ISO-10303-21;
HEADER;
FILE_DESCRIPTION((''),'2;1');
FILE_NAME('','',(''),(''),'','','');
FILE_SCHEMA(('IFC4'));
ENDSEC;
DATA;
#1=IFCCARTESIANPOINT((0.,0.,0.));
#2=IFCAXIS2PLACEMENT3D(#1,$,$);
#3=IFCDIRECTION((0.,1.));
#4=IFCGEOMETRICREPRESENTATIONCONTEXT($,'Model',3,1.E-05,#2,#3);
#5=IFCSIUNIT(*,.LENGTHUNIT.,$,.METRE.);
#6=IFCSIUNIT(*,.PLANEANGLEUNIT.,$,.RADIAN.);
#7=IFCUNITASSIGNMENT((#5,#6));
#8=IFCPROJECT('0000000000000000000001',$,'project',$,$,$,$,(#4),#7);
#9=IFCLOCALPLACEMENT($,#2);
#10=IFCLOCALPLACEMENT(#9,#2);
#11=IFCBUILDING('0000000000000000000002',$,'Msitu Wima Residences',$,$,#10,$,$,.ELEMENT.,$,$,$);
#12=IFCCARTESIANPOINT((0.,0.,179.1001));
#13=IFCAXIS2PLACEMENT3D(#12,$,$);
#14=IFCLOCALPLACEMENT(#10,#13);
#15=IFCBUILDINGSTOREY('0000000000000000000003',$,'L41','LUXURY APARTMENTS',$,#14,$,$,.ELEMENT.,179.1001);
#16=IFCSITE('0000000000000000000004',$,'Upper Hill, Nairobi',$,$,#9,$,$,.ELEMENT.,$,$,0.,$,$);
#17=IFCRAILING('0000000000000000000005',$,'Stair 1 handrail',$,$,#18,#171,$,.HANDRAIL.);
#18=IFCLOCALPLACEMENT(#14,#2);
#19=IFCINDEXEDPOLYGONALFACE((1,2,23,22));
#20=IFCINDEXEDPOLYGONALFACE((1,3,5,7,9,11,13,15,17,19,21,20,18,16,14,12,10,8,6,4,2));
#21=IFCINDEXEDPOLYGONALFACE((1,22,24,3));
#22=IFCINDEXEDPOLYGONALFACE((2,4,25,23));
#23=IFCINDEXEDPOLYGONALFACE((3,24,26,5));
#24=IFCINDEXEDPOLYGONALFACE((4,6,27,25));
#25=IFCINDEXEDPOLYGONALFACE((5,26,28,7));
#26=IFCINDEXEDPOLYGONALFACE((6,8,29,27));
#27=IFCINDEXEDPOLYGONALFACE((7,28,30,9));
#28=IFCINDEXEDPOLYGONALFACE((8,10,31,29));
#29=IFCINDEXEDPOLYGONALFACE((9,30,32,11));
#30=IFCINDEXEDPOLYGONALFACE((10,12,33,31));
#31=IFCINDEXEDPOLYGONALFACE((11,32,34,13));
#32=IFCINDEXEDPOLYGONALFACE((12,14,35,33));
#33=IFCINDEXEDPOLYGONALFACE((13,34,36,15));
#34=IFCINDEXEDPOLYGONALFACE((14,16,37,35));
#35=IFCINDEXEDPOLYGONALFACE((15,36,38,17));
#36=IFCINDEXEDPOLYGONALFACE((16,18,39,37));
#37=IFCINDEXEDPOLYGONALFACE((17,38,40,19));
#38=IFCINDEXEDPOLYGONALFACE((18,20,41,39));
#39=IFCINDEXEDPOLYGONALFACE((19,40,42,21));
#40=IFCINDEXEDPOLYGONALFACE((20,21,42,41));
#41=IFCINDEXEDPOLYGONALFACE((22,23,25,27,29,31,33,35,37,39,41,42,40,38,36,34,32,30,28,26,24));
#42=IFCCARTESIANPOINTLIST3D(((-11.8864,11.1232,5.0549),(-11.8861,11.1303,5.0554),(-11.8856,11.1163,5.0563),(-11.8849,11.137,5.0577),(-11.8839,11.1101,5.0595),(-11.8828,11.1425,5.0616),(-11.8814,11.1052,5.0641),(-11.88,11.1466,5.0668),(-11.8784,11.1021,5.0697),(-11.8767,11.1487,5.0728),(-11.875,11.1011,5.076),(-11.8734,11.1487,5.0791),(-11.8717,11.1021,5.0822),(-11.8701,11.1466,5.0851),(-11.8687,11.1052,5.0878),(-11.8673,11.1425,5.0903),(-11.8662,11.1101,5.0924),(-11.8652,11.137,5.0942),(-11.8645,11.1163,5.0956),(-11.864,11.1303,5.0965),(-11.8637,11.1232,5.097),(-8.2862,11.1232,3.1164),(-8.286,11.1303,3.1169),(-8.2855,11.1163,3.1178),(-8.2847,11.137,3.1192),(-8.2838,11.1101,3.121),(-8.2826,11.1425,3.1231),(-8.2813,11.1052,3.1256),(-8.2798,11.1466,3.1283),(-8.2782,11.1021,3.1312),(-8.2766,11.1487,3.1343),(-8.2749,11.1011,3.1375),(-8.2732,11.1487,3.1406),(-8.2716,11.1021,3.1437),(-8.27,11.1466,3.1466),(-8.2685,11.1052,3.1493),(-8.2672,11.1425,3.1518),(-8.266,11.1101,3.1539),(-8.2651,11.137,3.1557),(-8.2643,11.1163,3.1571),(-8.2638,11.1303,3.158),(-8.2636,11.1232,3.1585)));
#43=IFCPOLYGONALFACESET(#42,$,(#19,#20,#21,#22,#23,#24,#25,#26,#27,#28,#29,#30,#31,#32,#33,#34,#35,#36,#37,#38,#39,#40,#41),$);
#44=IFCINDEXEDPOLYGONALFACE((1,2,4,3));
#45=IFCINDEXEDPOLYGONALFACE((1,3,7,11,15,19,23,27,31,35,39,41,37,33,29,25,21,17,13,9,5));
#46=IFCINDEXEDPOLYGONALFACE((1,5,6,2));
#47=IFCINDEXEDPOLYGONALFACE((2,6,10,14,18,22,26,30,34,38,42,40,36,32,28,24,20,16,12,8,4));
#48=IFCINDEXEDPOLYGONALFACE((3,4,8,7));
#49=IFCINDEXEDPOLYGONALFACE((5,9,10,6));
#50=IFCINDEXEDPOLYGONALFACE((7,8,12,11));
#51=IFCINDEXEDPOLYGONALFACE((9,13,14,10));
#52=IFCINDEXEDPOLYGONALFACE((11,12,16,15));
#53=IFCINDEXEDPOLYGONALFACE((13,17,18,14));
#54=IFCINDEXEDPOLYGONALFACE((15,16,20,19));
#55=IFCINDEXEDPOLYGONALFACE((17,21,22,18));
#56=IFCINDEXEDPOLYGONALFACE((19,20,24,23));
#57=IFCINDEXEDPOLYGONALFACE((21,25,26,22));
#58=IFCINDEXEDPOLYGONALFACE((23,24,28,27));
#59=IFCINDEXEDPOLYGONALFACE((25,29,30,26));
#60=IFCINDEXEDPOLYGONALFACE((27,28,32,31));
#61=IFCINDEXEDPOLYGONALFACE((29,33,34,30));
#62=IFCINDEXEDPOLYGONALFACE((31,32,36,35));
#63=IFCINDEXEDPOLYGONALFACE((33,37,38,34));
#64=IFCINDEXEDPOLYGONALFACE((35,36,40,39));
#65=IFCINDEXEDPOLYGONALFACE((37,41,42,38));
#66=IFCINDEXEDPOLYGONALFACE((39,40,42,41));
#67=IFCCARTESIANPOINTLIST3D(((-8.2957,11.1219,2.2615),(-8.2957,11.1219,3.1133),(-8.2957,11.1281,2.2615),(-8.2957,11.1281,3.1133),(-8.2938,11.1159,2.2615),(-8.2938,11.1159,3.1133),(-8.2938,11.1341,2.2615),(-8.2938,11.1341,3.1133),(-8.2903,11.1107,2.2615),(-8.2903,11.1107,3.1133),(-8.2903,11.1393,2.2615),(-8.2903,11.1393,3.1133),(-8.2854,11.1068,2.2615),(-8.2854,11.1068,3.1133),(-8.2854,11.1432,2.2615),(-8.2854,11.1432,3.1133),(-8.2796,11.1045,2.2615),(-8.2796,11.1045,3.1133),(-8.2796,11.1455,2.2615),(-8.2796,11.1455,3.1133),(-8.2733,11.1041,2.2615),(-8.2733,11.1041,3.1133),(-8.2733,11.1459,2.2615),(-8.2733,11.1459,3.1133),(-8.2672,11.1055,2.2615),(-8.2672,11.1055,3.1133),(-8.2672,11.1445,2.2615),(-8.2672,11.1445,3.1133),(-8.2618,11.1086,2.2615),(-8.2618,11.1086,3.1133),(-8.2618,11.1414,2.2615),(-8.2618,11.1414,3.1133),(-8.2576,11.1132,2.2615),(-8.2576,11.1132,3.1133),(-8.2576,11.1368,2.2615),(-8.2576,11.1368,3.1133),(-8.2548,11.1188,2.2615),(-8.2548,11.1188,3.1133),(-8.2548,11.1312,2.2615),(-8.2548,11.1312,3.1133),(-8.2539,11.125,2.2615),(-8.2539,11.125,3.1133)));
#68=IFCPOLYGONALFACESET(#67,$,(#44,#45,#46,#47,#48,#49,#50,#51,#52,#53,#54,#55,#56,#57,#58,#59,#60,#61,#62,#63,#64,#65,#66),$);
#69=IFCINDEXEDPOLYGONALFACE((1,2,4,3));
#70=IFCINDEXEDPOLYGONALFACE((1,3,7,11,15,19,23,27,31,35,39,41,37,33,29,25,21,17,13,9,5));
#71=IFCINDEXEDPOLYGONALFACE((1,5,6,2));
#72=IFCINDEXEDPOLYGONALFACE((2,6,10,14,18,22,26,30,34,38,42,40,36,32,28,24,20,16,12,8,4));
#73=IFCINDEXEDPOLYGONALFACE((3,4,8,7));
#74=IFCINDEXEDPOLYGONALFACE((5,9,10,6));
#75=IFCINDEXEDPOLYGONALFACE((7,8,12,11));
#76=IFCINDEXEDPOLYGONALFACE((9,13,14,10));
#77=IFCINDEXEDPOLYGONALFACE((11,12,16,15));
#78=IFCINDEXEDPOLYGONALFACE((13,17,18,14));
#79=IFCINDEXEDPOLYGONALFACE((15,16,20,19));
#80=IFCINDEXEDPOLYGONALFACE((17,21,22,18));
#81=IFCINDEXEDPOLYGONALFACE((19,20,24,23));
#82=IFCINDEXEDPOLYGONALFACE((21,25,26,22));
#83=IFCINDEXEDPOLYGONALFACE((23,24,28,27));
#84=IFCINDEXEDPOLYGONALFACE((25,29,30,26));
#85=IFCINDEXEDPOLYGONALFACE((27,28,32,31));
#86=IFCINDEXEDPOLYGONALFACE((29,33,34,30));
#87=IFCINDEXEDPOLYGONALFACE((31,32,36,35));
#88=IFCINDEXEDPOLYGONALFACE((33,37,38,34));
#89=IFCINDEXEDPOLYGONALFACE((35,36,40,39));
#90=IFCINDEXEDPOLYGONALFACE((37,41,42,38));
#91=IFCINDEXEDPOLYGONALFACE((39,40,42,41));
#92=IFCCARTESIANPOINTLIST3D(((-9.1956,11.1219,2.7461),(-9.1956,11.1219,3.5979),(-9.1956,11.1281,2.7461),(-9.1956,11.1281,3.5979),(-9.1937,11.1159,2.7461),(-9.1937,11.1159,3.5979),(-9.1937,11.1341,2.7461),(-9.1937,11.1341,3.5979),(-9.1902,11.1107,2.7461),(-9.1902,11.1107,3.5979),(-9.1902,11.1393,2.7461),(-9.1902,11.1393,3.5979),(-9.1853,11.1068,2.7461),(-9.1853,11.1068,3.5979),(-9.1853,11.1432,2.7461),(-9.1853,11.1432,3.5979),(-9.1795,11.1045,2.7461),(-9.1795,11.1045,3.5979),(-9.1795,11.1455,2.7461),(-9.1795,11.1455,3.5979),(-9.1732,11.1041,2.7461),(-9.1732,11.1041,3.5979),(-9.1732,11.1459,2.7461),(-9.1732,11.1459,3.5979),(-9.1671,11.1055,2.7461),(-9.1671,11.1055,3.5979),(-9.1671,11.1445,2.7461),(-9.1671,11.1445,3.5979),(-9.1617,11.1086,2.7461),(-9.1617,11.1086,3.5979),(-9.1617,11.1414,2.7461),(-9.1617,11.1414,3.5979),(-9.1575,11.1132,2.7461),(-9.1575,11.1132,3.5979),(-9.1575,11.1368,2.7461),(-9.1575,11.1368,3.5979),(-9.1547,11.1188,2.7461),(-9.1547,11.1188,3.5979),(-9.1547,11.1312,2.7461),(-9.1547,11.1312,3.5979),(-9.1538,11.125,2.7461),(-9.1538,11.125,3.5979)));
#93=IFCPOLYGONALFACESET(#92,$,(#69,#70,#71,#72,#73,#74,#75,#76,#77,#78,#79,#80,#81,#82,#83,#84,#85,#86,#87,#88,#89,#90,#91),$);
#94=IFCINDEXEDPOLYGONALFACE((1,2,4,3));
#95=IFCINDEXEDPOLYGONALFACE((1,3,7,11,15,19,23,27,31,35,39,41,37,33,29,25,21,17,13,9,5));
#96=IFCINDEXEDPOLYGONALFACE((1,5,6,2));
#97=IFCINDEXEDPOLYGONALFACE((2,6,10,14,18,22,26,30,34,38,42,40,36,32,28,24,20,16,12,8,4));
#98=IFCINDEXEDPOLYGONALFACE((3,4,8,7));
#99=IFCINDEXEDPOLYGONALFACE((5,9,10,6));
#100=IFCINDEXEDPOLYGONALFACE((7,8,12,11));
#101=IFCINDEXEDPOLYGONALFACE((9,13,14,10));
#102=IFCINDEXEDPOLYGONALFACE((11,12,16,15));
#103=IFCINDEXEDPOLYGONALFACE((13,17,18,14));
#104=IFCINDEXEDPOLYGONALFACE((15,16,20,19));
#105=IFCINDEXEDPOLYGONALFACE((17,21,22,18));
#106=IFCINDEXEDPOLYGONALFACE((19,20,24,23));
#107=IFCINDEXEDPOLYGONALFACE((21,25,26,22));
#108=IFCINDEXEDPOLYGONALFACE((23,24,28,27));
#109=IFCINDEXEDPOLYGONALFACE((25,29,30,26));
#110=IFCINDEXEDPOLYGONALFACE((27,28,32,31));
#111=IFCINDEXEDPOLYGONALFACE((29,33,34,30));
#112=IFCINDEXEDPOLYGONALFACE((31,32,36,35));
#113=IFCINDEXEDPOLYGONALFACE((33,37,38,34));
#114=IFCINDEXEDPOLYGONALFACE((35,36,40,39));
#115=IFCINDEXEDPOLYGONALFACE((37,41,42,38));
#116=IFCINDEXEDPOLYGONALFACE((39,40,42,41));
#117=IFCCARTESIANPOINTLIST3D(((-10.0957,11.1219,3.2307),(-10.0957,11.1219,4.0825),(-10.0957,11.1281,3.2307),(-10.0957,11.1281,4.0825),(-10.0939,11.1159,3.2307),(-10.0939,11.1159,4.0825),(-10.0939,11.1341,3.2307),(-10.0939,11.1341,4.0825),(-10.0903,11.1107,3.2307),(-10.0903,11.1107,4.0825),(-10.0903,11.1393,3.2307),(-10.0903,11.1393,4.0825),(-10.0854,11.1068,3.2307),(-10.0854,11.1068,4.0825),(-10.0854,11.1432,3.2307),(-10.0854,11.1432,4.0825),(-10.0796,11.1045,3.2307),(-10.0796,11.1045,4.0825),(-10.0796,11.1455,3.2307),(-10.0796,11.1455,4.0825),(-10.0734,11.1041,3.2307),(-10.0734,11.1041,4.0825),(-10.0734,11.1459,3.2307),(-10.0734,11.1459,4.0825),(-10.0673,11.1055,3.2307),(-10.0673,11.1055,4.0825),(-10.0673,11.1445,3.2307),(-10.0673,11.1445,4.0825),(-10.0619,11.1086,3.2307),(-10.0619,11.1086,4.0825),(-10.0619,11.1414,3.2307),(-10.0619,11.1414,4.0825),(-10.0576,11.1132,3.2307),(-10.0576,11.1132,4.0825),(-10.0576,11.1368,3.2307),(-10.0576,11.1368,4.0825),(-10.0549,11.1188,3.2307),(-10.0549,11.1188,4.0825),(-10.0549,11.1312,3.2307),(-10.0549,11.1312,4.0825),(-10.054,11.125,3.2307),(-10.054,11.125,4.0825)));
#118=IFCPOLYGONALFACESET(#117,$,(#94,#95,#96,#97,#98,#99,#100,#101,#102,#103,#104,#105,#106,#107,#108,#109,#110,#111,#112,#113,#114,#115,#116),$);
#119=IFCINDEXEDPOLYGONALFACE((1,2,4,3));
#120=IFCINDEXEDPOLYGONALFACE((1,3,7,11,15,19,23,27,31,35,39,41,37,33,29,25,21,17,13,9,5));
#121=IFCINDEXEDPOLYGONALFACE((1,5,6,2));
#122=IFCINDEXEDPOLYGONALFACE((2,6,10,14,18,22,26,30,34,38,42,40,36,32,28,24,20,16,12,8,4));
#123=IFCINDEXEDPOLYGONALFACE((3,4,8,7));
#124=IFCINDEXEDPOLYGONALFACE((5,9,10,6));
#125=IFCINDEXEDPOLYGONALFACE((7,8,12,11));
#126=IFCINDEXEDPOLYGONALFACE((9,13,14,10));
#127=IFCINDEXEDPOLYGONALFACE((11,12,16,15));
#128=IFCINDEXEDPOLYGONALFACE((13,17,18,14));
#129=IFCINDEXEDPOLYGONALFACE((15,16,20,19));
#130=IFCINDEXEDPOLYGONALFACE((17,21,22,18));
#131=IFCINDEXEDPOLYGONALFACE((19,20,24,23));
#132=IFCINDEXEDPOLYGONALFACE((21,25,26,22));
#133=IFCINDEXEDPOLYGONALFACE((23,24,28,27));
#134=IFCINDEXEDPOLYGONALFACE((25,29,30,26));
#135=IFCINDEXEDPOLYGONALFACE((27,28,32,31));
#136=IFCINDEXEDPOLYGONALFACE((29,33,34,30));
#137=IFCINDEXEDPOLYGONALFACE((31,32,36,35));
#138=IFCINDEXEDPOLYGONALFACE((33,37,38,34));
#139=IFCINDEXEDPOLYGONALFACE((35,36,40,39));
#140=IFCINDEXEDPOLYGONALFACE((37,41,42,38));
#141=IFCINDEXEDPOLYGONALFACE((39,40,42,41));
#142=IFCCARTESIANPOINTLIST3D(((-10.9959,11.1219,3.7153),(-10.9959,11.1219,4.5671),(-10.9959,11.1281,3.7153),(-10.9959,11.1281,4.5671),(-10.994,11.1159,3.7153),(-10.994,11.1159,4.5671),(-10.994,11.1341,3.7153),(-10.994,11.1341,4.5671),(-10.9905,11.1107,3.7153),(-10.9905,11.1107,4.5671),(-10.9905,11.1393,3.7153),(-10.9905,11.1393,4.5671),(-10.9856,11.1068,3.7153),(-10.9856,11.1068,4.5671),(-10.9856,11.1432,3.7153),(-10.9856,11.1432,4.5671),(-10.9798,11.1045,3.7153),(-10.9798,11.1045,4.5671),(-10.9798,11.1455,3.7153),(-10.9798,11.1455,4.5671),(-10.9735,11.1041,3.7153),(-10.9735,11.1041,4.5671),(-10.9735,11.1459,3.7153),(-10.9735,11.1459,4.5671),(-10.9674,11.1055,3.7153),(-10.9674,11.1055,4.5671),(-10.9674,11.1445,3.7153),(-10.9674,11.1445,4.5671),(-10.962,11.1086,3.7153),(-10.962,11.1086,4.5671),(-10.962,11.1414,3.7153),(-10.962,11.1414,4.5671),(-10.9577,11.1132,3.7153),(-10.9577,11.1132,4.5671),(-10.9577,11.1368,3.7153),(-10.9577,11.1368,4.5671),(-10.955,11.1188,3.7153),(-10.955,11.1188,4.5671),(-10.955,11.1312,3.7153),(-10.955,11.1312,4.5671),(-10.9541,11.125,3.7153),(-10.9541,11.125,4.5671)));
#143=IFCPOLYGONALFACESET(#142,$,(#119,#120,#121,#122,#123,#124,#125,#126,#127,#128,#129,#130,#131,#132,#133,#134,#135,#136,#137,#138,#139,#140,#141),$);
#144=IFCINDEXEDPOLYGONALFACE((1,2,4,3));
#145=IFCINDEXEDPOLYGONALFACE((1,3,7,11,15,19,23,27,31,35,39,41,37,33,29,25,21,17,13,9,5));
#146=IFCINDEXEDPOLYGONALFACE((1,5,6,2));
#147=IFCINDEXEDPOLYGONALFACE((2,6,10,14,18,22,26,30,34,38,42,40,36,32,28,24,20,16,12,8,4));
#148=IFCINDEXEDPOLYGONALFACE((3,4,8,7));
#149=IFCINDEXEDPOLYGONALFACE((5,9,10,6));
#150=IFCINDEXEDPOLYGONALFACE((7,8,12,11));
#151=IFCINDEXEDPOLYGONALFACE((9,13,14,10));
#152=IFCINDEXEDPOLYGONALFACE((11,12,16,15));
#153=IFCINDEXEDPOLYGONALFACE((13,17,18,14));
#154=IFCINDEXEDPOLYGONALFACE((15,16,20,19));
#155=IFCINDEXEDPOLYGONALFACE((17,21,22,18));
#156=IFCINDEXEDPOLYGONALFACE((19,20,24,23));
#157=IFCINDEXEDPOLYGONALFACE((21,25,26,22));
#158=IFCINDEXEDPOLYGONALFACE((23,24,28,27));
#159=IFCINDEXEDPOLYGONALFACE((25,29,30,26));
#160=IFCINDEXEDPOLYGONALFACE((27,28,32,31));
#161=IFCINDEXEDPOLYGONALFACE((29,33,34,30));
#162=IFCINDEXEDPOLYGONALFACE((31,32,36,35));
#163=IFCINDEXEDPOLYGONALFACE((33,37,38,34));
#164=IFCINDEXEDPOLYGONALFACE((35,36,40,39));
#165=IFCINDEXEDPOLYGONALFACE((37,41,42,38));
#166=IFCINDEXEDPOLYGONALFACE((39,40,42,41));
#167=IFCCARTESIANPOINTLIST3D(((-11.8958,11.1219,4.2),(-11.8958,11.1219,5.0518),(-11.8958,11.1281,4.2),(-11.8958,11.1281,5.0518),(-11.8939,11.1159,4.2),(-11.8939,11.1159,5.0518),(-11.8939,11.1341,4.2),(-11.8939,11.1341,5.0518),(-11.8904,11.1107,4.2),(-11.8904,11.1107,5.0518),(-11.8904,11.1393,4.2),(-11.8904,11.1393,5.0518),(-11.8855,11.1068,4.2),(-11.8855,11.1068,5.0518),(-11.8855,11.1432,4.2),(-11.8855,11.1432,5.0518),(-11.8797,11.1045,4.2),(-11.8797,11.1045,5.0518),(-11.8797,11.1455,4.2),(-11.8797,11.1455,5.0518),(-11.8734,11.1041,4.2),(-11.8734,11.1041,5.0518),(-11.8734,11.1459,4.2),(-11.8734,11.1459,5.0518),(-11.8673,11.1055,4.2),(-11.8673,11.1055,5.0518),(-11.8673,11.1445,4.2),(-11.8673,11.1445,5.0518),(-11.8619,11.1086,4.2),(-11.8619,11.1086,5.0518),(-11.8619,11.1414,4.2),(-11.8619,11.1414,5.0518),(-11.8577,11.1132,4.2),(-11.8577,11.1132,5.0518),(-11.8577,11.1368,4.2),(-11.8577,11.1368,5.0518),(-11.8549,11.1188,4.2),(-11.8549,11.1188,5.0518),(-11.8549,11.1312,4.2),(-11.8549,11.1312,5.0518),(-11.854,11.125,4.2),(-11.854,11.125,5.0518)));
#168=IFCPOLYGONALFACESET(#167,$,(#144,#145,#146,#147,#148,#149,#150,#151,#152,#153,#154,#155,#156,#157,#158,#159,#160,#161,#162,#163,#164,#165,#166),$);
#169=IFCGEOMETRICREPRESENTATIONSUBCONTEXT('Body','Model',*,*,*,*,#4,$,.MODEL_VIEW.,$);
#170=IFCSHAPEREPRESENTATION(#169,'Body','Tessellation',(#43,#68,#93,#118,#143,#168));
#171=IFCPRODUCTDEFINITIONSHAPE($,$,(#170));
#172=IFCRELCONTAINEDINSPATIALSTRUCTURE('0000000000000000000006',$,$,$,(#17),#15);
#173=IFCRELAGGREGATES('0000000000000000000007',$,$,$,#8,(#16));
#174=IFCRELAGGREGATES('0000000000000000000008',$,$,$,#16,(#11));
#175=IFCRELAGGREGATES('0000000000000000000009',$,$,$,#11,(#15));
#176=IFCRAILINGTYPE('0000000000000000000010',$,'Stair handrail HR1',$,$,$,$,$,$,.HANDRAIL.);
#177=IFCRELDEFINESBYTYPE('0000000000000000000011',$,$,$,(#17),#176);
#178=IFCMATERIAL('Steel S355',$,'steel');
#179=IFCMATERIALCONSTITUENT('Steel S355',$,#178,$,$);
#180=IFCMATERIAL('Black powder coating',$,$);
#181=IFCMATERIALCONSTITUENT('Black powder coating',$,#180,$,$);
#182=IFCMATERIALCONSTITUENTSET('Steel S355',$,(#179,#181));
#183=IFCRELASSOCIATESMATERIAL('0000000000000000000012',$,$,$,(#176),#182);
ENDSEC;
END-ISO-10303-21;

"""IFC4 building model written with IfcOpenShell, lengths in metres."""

from ifc_helpers import new_model, si_unit, direction, frame, origin, origin_2d, place, context, subcontext, project, spatial, circle, extrude, material, constituent, constituent_set, type_object, element, save


model = new_model("IFC4")

# Units and contexts
model_context = context("Model", 3, precision=1e-05, world=origin(), true_north=direction((0.0, 1.0)))
body_context = subcontext(model_context, "Body", "Model", "MODEL_VIEW")
ifc_project = project(units=[si_unit("LENGTHUNIT", "METRE"), si_unit("PLANEANGLEUNIT", "RADIAN")], contexts=[model_context])

# Site, building, storey
site_placement = place(None, origin())
site = spatial("IfcSite", under=ifc_project, at=site_placement, Name="Upper Hill, Nairobi", CompositionType="ELEMENT", RefElevation=0.0)
building_placement = place(site_placement, origin())
building = spatial("IfcBuilding", under=site, at=building_placement, Name="Msitu Wima Residences", CompositionType="ELEMENT")
storey_placement = place(building_placement, frame((0.0, 0.0, 179.1001)))
storey = spatial("IfcBuildingStorey", under=building, at=storey_placement, Name="L41", Description="LUXURY APARTMENTS", CompositionType="ELEMENT", Elevation=179.1001)

# Railing
ifc_material_1 = material(Name="Steel S355", Category="steel")
ifc_constituent_1 = constituent(ifc_material_1, Name="Steel S355")
ifc_material_2 = material(Name="Black powder coating")
ifc_constituent_2 = constituent(ifc_material_2, Name="Black powder coating")
ifc_constituent_set = constituent_set(constituents=[ifc_constituent_1, ifc_constituent_2], Name="Steel S355")
railing_type = type_object("IfcRailingType", Name="Stair handrail HR1", PredefinedType="HANDRAIL", material=ifc_constituent_set)
railing_placement = place(storey_placement, frame((-8.2749, 11.125, 2.2615)))
element("IfcRailing", 1, at=railing_placement, inside=storey, type_object=railing_type, Name="Stair 1 handrail", PredefinedType="HANDRAIL", context=body_context, shape_type="SweptSolid", body=[
    extrude(circle(Radius=0.0239, at=origin_2d()), frame((0.0, 0.0, 0.876), z_axis=(-0.880475, 0.0, 0.474093), x_axis=(0.0, -1.0, 0.0)), (0.0, 0.0, 1.0), 4.0889),
    extrude(circle(Radius=0.021, at=origin_2d()), origin(), (0.0, 0.0, 1.0), 0.8518),
    extrude(circle(Radius=0.021, at=origin_2d()), frame((-0.8999, 0.0, 0.4846)), (0.0, 0.0, 1.0), 0.8518),
    extrude(circle(Radius=0.021, at=origin_2d()), frame((-1.8, 0.0, 0.9692)), (0.0, 0.0, 1.0), 0.8518),
    extrude(circle(Radius=0.021, at=origin_2d()), frame((-2.7002, 0.0, 1.4539)), (0.0, 0.0, 1.0), 0.8518),
    extrude(circle(Radius=0.021, at=origin_2d()), frame((-3.6001, 0.0, 1.9385)), (0.0, 0.0, 1.0), 0.8518),
])

save(model, "model.ifc")
